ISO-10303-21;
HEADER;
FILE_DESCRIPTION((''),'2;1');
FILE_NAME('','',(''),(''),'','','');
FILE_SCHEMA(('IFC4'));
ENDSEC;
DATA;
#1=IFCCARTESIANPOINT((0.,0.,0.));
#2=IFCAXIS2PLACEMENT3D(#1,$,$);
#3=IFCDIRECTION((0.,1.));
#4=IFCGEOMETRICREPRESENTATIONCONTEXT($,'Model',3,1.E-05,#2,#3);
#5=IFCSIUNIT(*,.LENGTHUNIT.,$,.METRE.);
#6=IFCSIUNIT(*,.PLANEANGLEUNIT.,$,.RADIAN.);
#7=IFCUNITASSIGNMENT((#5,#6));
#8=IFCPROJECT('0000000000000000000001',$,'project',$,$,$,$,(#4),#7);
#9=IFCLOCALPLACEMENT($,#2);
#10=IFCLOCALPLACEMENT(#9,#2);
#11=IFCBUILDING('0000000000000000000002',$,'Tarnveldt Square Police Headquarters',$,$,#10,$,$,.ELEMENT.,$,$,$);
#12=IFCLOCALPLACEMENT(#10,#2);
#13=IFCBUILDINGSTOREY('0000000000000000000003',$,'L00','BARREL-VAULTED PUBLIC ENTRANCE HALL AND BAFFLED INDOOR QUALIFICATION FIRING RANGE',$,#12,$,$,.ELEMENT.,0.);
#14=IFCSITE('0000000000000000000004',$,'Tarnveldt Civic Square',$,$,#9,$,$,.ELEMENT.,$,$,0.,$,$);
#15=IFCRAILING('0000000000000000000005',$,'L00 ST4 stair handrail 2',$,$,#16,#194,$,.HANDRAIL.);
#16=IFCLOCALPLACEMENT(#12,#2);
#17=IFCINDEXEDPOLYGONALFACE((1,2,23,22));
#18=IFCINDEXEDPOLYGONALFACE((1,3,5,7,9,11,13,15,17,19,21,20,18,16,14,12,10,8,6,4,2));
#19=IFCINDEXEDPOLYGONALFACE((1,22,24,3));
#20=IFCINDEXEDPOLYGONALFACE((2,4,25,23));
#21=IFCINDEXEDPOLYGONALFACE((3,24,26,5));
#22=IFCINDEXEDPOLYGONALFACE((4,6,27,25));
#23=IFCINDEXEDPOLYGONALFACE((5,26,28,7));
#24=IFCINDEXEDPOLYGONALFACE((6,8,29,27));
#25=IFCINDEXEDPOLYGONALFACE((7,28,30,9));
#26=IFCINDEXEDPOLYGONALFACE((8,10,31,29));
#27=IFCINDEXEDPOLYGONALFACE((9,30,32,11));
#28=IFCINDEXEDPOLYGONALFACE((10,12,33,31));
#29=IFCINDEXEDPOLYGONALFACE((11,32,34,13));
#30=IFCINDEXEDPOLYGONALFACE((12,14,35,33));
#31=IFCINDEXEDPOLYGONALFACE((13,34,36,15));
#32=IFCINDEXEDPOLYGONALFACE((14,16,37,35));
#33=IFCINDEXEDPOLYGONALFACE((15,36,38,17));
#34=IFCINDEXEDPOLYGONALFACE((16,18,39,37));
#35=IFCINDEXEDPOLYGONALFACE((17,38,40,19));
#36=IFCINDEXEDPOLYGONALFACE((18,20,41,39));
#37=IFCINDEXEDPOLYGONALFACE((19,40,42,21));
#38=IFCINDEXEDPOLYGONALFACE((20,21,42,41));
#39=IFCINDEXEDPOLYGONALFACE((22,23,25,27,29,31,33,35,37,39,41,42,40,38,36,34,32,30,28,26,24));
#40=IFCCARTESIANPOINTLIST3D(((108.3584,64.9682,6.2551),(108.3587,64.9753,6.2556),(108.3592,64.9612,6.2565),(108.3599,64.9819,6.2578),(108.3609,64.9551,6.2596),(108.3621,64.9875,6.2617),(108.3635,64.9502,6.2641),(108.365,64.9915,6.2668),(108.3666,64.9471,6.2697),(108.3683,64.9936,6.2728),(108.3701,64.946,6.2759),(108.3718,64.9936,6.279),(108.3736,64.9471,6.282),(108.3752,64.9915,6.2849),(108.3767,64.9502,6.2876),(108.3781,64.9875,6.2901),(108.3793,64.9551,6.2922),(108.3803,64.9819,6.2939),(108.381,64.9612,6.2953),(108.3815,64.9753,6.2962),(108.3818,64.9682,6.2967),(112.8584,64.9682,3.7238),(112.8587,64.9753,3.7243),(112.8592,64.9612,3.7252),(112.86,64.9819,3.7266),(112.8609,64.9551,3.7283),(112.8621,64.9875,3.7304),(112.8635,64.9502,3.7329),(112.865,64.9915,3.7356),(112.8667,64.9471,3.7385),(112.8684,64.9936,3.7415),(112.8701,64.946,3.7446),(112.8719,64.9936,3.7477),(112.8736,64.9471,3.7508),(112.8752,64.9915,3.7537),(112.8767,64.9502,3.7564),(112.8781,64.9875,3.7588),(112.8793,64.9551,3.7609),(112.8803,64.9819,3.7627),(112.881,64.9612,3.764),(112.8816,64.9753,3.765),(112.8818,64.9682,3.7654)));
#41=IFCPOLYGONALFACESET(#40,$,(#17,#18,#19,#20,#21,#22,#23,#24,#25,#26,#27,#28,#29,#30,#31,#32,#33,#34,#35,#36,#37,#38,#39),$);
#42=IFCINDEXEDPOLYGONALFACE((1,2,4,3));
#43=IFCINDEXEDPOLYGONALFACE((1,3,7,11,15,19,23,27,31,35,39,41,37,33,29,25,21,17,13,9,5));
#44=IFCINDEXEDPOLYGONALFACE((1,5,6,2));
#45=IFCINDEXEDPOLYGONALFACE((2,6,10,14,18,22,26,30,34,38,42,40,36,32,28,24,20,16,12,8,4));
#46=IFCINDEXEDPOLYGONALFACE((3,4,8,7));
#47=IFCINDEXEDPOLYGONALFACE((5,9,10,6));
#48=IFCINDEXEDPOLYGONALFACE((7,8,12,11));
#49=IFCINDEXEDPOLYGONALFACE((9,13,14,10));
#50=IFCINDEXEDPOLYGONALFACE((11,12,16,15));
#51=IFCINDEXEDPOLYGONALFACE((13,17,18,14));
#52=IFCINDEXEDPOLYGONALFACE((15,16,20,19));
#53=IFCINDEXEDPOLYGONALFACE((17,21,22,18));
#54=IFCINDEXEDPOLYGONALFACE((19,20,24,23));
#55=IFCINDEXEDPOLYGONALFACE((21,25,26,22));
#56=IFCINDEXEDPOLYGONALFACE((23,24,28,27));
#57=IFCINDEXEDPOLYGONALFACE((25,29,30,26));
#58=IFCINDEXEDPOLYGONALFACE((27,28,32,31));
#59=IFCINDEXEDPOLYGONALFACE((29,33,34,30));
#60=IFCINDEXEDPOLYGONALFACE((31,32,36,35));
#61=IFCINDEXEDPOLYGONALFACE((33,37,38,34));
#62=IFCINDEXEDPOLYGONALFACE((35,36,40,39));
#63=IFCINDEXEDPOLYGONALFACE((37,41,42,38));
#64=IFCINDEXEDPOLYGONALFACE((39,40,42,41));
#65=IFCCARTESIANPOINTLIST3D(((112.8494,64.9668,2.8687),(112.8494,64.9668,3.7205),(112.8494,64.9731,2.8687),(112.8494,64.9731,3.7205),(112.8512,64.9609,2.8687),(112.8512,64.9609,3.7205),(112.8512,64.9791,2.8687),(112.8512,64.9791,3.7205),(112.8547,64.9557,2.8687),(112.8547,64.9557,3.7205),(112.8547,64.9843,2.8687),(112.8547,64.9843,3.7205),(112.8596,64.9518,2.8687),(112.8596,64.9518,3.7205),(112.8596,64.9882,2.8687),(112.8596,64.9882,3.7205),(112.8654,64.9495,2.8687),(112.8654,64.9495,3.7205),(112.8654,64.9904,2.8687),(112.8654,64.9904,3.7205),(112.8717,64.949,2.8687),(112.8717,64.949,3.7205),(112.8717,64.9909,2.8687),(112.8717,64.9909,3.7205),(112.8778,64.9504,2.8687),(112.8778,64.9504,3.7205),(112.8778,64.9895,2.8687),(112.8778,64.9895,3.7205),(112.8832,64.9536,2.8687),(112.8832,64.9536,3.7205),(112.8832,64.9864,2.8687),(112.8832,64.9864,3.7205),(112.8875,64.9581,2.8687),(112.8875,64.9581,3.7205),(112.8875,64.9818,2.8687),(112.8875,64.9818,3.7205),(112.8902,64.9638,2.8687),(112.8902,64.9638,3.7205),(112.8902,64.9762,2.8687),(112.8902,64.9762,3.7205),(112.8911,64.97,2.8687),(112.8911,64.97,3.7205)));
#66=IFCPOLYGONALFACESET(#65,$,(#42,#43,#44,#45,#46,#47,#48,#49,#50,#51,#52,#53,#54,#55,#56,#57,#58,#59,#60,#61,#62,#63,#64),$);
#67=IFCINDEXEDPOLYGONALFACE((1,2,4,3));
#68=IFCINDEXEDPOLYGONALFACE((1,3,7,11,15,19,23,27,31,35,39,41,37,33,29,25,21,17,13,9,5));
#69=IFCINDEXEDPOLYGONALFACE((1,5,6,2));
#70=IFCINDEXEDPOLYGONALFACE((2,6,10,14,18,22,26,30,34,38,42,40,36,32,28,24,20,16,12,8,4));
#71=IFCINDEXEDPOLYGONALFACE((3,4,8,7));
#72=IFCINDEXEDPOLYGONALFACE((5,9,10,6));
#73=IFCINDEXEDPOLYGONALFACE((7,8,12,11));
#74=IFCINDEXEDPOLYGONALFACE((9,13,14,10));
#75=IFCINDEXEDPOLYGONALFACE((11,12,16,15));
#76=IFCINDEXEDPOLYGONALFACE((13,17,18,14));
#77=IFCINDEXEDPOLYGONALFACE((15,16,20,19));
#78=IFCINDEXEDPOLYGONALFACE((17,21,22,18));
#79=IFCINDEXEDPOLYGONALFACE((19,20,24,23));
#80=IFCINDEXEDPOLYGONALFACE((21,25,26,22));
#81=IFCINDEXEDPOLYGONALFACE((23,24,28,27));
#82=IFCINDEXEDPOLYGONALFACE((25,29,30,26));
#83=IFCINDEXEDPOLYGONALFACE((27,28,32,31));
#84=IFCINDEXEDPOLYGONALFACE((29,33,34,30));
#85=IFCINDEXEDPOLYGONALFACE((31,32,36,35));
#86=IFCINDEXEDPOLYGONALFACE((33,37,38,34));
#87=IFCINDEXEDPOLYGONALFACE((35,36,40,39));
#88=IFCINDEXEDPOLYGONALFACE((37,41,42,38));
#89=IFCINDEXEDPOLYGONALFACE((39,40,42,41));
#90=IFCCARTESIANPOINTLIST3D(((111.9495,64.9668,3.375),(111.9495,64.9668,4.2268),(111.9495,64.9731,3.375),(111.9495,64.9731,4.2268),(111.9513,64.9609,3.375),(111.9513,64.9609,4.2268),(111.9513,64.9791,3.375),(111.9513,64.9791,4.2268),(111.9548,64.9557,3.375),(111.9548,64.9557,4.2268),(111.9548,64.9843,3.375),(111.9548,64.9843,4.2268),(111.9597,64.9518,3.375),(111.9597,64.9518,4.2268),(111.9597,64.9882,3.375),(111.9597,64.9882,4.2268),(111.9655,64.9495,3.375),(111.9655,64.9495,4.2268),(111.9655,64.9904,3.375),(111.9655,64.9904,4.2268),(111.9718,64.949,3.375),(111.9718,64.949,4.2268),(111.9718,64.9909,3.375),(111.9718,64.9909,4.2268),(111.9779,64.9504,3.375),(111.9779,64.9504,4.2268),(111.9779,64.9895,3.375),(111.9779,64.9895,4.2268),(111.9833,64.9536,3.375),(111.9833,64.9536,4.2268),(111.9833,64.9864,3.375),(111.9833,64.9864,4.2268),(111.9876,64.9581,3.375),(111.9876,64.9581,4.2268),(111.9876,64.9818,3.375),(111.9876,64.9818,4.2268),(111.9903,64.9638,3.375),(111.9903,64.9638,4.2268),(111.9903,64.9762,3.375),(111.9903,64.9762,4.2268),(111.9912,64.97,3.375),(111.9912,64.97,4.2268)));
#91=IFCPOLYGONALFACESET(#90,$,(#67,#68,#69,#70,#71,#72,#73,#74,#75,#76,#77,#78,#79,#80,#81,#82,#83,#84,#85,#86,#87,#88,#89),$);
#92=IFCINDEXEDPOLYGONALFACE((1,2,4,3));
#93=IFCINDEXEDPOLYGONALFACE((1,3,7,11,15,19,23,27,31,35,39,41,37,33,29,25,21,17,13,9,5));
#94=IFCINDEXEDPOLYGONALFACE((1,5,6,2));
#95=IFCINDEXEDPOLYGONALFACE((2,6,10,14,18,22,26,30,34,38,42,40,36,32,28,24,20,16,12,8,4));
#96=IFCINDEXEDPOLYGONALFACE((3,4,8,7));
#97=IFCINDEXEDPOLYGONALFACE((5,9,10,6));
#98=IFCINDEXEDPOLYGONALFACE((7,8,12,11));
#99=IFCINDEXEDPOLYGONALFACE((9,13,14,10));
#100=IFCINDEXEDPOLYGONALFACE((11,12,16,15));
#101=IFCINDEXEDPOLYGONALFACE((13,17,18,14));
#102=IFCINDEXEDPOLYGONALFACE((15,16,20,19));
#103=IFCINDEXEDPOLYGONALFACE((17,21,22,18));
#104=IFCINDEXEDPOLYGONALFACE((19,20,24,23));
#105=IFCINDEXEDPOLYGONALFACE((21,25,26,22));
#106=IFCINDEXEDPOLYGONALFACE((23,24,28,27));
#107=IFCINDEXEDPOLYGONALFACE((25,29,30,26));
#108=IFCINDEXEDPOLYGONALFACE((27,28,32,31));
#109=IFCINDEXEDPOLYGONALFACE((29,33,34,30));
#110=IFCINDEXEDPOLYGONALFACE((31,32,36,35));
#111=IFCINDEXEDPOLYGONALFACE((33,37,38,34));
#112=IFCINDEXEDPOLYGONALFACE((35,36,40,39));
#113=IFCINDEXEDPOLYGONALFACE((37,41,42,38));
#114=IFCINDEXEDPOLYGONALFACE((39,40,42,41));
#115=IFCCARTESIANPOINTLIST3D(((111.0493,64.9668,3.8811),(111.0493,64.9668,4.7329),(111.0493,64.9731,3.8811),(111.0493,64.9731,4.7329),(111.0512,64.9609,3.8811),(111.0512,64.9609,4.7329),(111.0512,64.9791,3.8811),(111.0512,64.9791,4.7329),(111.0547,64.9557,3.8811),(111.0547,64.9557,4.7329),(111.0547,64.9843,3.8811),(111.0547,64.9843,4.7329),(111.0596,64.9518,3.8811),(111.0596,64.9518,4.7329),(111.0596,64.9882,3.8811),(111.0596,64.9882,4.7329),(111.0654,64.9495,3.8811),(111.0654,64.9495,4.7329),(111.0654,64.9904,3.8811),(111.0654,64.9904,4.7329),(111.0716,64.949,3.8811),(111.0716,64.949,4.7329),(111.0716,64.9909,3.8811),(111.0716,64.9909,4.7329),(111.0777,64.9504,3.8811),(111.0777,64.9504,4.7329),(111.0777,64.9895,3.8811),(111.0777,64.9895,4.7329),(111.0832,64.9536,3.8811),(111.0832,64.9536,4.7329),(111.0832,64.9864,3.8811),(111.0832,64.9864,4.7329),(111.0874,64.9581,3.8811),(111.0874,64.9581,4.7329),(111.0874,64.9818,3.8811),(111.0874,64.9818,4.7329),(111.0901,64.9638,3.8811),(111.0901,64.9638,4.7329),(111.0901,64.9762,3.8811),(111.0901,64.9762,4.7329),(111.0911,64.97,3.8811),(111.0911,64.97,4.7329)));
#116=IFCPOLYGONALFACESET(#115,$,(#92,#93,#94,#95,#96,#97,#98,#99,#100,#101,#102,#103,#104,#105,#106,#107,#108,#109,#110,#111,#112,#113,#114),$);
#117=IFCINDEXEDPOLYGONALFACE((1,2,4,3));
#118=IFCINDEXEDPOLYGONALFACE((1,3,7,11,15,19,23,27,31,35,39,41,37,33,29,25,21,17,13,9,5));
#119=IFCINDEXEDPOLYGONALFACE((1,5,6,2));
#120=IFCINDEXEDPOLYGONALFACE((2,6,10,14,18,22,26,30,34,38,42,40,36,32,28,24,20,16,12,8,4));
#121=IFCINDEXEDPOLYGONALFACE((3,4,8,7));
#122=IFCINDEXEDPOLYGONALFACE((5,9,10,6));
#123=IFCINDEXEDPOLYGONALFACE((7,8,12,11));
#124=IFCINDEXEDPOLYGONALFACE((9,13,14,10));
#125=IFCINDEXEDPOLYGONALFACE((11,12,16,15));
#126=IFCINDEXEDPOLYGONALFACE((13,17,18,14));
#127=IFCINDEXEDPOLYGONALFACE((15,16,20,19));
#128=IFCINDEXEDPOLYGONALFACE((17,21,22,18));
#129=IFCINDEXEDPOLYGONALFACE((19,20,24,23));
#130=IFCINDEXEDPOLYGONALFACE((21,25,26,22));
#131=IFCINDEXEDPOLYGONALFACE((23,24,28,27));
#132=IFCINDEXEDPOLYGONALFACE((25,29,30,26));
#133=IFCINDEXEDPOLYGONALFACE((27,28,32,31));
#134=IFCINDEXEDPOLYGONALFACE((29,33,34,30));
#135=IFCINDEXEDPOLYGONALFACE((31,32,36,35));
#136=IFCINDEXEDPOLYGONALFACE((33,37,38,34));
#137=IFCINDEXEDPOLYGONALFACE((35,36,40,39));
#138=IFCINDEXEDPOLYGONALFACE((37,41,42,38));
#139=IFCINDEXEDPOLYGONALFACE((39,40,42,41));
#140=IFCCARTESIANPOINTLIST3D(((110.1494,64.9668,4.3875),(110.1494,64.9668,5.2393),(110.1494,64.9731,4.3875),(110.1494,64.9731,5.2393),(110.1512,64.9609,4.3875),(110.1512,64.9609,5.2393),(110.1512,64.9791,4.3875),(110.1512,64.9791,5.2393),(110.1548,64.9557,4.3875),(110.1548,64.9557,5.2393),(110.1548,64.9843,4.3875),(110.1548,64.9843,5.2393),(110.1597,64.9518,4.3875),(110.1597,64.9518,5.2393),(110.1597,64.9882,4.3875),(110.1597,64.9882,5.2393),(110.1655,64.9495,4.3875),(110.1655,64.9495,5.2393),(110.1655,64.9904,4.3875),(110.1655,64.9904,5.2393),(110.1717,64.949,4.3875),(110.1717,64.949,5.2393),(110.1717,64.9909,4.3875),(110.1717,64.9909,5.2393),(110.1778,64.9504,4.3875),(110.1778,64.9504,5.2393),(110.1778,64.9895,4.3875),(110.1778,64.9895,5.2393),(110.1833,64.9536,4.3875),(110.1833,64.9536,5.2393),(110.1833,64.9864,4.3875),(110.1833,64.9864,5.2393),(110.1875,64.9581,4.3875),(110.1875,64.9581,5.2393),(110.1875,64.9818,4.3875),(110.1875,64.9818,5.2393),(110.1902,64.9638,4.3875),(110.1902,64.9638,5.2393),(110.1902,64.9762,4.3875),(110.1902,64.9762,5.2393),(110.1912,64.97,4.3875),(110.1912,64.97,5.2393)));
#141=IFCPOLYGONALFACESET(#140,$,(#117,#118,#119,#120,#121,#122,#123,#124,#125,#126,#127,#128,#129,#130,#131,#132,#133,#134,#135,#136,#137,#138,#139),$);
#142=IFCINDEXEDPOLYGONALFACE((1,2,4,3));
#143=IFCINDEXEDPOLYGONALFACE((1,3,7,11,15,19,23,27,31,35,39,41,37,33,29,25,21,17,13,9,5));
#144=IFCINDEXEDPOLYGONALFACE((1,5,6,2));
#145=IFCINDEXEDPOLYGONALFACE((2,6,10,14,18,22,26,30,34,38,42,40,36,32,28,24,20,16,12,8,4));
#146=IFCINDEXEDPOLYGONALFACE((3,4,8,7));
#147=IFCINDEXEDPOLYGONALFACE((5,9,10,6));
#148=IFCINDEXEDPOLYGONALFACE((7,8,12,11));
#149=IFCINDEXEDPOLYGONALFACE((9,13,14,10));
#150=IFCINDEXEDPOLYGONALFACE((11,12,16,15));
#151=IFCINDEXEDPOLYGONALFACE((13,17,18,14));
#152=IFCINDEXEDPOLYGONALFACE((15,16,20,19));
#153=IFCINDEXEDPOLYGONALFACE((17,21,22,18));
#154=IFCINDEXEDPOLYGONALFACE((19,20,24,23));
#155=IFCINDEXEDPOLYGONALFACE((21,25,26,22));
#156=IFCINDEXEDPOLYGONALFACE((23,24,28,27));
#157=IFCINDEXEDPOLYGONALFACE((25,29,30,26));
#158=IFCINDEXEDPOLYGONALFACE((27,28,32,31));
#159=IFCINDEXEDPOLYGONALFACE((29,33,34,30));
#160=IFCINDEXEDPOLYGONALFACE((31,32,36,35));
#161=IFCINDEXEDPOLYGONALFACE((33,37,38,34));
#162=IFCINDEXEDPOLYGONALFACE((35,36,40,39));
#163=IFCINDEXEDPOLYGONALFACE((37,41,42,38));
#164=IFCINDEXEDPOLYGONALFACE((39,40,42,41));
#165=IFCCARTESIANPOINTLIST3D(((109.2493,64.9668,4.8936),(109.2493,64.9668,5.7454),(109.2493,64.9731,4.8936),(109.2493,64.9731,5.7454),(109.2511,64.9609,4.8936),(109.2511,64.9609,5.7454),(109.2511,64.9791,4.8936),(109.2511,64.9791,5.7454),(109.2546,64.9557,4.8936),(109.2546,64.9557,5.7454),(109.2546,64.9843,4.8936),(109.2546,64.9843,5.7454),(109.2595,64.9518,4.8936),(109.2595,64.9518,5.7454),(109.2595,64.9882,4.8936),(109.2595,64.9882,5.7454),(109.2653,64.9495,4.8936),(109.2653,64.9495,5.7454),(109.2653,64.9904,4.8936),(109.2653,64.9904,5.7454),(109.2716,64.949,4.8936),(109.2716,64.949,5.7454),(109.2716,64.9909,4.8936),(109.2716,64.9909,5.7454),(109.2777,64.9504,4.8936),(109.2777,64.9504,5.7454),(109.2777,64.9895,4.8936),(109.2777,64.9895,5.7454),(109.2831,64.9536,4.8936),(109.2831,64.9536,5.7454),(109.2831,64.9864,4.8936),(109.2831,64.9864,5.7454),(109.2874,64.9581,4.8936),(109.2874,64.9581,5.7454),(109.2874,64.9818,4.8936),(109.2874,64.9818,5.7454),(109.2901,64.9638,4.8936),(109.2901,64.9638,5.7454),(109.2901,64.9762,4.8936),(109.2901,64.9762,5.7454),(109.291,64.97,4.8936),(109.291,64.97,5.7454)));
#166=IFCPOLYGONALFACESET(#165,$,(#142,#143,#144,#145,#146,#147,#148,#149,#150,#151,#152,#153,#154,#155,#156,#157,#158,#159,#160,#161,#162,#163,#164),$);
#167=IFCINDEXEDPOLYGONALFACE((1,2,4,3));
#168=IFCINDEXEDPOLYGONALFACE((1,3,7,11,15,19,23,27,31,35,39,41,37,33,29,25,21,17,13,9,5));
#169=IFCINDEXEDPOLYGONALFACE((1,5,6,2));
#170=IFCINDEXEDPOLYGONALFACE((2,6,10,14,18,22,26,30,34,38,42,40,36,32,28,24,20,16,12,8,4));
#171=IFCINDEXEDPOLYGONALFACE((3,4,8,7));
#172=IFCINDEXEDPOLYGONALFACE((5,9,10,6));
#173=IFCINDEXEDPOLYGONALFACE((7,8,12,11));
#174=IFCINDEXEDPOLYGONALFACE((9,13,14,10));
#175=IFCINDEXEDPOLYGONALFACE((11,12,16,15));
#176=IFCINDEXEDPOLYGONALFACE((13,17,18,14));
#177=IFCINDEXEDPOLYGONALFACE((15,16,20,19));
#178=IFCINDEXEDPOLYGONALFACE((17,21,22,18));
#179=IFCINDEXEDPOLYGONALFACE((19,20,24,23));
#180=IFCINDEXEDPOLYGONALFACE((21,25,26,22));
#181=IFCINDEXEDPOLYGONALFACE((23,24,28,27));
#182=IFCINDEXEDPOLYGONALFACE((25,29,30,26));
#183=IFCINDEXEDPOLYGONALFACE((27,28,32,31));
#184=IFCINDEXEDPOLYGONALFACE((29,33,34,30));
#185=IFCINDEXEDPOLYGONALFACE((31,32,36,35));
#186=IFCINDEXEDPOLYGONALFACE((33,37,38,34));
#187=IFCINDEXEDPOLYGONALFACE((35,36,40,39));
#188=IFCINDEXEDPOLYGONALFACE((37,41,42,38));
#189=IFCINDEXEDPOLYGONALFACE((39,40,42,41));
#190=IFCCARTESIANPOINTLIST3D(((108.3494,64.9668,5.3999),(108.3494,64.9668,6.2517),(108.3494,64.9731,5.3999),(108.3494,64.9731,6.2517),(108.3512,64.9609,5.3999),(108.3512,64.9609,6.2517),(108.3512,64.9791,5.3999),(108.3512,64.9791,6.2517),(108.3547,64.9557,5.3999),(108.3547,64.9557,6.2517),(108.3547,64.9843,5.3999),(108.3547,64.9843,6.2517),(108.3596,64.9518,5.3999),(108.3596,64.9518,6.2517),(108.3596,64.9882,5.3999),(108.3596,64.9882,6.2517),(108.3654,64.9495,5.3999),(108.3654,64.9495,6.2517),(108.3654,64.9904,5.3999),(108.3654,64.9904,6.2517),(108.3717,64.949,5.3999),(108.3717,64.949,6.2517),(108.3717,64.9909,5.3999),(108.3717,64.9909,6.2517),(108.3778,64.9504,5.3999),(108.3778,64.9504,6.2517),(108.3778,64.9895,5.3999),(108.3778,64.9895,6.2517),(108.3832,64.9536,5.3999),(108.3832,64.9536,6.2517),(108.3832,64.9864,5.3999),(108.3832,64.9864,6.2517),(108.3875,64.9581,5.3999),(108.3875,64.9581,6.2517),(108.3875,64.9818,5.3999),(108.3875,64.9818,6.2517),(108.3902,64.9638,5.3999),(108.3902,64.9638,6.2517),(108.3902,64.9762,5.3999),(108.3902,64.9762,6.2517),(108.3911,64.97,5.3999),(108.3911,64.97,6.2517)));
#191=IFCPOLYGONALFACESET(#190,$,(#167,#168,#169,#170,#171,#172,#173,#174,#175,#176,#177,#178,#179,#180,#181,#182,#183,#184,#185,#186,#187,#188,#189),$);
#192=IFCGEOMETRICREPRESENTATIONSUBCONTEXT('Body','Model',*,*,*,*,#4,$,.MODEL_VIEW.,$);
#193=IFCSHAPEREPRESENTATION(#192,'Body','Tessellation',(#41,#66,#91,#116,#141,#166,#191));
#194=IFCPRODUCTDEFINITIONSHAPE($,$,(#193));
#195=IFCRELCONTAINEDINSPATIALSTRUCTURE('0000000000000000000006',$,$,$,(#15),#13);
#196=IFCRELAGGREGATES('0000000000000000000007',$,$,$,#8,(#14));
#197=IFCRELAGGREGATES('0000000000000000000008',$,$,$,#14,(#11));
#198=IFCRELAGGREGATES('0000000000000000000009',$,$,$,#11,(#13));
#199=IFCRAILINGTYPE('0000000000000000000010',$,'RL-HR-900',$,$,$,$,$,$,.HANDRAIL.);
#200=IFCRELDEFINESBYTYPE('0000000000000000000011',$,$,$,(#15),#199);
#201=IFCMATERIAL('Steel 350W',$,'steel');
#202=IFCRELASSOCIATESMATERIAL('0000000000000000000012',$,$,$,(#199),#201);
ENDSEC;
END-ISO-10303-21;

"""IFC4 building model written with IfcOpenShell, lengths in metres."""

from ifc_helpers import new_model, si_unit, direction, frame, origin, origin_2d, place, context, subcontext, project, spatial, circle, extrude, material, type_object, element, save


model = new_model("IFC4")

# Units and contexts
model_context = context("Model", 3, precision=1e-05, world=origin(), true_north=direction((0.0, 1.0)))
body_context = subcontext(model_context, "Body", "Model", "MODEL_VIEW")
ifc_project = project(units=[si_unit("LENGTHUNIT", "METRE"), si_unit("PLANEANGLEUNIT", "RADIAN")], contexts=[model_context])

# Site, building, storey
site_placement = place(None, origin())
site = spatial("IfcSite", under=ifc_project, at=site_placement, Name="Tarnveldt Civic Square", CompositionType="ELEMENT", RefElevation=0.0)
building_placement = place(site_placement, origin())
building = spatial("IfcBuilding", under=site, at=building_placement, Name="Tarnveldt Square Police Headquarters", CompositionType="ELEMENT")
storey_placement = place(building_placement, origin())
storey = spatial("IfcBuildingStorey", under=building, at=storey_placement, Name="L00", Description="BARREL-VAULTED PUBLIC ENTRANCE HALL AND BAFFLED INDOOR QUALIFICATION FIRING RANGE", CompositionType="ELEMENT", Elevation=0.0)

# Shared definitions
ifc_material_1 = material(Name="Steel 350W", Category="steel")

# Railing
railing_type_1 = type_object("IfcRailingType", Name="RL-HR-900", PredefinedType="HANDRAIL", material=ifc_material_1)
railing_1_placement = place(storey_placement, frame((112.8701, 64.97, 2.8687)))
element("IfcRailing", 1, at=railing_1_placement, inside=storey, type_object=railing_type_1, Name="L00 ST4 stair handrail 2", PredefinedType="HANDRAIL", context=body_context, shape_type="SweptSolid", body=[
    extrude(circle(Radius=0.0239, at=origin_2d()), frame((0.0, 0.0, 0.876), z_axis=(-0.871576, 0.0, 0.490261), x_axis=(0.0, -1.0, 0.0)), (0.0, 0.0, 1.0), 5.1631),
    extrude(circle(Radius=0.021, at=origin_2d()), origin(), (0.0, 0.0, 1.0), 0.8518),
    extrude(circle(Radius=0.021, at=origin_2d()), frame((-0.8999, 0.0, 0.5063)), (0.0, 0.0, 1.0), 0.8518),
    extrude(circle(Radius=0.021, at=origin_2d()), frame((-1.8, 0.0, 1.0125)), (0.0, 0.0, 1.0), 0.8518),
    extrude(circle(Radius=0.021, at=origin_2d()), frame((-2.7, 0.0, 1.5188)), (0.0, 0.0, 1.0), 0.8518),
    extrude(circle(Radius=0.021, at=origin_2d()), frame((-3.6001, 0.0, 2.0249)), (0.0, 0.0, 1.0), 0.8518),
    extrude(circle(Radius=0.021, at=origin_2d()), frame((-4.5, 0.0, 2.5312)), (0.0, 0.0, 1.0), 0.8518),
])

save(model, "model.ifc")
